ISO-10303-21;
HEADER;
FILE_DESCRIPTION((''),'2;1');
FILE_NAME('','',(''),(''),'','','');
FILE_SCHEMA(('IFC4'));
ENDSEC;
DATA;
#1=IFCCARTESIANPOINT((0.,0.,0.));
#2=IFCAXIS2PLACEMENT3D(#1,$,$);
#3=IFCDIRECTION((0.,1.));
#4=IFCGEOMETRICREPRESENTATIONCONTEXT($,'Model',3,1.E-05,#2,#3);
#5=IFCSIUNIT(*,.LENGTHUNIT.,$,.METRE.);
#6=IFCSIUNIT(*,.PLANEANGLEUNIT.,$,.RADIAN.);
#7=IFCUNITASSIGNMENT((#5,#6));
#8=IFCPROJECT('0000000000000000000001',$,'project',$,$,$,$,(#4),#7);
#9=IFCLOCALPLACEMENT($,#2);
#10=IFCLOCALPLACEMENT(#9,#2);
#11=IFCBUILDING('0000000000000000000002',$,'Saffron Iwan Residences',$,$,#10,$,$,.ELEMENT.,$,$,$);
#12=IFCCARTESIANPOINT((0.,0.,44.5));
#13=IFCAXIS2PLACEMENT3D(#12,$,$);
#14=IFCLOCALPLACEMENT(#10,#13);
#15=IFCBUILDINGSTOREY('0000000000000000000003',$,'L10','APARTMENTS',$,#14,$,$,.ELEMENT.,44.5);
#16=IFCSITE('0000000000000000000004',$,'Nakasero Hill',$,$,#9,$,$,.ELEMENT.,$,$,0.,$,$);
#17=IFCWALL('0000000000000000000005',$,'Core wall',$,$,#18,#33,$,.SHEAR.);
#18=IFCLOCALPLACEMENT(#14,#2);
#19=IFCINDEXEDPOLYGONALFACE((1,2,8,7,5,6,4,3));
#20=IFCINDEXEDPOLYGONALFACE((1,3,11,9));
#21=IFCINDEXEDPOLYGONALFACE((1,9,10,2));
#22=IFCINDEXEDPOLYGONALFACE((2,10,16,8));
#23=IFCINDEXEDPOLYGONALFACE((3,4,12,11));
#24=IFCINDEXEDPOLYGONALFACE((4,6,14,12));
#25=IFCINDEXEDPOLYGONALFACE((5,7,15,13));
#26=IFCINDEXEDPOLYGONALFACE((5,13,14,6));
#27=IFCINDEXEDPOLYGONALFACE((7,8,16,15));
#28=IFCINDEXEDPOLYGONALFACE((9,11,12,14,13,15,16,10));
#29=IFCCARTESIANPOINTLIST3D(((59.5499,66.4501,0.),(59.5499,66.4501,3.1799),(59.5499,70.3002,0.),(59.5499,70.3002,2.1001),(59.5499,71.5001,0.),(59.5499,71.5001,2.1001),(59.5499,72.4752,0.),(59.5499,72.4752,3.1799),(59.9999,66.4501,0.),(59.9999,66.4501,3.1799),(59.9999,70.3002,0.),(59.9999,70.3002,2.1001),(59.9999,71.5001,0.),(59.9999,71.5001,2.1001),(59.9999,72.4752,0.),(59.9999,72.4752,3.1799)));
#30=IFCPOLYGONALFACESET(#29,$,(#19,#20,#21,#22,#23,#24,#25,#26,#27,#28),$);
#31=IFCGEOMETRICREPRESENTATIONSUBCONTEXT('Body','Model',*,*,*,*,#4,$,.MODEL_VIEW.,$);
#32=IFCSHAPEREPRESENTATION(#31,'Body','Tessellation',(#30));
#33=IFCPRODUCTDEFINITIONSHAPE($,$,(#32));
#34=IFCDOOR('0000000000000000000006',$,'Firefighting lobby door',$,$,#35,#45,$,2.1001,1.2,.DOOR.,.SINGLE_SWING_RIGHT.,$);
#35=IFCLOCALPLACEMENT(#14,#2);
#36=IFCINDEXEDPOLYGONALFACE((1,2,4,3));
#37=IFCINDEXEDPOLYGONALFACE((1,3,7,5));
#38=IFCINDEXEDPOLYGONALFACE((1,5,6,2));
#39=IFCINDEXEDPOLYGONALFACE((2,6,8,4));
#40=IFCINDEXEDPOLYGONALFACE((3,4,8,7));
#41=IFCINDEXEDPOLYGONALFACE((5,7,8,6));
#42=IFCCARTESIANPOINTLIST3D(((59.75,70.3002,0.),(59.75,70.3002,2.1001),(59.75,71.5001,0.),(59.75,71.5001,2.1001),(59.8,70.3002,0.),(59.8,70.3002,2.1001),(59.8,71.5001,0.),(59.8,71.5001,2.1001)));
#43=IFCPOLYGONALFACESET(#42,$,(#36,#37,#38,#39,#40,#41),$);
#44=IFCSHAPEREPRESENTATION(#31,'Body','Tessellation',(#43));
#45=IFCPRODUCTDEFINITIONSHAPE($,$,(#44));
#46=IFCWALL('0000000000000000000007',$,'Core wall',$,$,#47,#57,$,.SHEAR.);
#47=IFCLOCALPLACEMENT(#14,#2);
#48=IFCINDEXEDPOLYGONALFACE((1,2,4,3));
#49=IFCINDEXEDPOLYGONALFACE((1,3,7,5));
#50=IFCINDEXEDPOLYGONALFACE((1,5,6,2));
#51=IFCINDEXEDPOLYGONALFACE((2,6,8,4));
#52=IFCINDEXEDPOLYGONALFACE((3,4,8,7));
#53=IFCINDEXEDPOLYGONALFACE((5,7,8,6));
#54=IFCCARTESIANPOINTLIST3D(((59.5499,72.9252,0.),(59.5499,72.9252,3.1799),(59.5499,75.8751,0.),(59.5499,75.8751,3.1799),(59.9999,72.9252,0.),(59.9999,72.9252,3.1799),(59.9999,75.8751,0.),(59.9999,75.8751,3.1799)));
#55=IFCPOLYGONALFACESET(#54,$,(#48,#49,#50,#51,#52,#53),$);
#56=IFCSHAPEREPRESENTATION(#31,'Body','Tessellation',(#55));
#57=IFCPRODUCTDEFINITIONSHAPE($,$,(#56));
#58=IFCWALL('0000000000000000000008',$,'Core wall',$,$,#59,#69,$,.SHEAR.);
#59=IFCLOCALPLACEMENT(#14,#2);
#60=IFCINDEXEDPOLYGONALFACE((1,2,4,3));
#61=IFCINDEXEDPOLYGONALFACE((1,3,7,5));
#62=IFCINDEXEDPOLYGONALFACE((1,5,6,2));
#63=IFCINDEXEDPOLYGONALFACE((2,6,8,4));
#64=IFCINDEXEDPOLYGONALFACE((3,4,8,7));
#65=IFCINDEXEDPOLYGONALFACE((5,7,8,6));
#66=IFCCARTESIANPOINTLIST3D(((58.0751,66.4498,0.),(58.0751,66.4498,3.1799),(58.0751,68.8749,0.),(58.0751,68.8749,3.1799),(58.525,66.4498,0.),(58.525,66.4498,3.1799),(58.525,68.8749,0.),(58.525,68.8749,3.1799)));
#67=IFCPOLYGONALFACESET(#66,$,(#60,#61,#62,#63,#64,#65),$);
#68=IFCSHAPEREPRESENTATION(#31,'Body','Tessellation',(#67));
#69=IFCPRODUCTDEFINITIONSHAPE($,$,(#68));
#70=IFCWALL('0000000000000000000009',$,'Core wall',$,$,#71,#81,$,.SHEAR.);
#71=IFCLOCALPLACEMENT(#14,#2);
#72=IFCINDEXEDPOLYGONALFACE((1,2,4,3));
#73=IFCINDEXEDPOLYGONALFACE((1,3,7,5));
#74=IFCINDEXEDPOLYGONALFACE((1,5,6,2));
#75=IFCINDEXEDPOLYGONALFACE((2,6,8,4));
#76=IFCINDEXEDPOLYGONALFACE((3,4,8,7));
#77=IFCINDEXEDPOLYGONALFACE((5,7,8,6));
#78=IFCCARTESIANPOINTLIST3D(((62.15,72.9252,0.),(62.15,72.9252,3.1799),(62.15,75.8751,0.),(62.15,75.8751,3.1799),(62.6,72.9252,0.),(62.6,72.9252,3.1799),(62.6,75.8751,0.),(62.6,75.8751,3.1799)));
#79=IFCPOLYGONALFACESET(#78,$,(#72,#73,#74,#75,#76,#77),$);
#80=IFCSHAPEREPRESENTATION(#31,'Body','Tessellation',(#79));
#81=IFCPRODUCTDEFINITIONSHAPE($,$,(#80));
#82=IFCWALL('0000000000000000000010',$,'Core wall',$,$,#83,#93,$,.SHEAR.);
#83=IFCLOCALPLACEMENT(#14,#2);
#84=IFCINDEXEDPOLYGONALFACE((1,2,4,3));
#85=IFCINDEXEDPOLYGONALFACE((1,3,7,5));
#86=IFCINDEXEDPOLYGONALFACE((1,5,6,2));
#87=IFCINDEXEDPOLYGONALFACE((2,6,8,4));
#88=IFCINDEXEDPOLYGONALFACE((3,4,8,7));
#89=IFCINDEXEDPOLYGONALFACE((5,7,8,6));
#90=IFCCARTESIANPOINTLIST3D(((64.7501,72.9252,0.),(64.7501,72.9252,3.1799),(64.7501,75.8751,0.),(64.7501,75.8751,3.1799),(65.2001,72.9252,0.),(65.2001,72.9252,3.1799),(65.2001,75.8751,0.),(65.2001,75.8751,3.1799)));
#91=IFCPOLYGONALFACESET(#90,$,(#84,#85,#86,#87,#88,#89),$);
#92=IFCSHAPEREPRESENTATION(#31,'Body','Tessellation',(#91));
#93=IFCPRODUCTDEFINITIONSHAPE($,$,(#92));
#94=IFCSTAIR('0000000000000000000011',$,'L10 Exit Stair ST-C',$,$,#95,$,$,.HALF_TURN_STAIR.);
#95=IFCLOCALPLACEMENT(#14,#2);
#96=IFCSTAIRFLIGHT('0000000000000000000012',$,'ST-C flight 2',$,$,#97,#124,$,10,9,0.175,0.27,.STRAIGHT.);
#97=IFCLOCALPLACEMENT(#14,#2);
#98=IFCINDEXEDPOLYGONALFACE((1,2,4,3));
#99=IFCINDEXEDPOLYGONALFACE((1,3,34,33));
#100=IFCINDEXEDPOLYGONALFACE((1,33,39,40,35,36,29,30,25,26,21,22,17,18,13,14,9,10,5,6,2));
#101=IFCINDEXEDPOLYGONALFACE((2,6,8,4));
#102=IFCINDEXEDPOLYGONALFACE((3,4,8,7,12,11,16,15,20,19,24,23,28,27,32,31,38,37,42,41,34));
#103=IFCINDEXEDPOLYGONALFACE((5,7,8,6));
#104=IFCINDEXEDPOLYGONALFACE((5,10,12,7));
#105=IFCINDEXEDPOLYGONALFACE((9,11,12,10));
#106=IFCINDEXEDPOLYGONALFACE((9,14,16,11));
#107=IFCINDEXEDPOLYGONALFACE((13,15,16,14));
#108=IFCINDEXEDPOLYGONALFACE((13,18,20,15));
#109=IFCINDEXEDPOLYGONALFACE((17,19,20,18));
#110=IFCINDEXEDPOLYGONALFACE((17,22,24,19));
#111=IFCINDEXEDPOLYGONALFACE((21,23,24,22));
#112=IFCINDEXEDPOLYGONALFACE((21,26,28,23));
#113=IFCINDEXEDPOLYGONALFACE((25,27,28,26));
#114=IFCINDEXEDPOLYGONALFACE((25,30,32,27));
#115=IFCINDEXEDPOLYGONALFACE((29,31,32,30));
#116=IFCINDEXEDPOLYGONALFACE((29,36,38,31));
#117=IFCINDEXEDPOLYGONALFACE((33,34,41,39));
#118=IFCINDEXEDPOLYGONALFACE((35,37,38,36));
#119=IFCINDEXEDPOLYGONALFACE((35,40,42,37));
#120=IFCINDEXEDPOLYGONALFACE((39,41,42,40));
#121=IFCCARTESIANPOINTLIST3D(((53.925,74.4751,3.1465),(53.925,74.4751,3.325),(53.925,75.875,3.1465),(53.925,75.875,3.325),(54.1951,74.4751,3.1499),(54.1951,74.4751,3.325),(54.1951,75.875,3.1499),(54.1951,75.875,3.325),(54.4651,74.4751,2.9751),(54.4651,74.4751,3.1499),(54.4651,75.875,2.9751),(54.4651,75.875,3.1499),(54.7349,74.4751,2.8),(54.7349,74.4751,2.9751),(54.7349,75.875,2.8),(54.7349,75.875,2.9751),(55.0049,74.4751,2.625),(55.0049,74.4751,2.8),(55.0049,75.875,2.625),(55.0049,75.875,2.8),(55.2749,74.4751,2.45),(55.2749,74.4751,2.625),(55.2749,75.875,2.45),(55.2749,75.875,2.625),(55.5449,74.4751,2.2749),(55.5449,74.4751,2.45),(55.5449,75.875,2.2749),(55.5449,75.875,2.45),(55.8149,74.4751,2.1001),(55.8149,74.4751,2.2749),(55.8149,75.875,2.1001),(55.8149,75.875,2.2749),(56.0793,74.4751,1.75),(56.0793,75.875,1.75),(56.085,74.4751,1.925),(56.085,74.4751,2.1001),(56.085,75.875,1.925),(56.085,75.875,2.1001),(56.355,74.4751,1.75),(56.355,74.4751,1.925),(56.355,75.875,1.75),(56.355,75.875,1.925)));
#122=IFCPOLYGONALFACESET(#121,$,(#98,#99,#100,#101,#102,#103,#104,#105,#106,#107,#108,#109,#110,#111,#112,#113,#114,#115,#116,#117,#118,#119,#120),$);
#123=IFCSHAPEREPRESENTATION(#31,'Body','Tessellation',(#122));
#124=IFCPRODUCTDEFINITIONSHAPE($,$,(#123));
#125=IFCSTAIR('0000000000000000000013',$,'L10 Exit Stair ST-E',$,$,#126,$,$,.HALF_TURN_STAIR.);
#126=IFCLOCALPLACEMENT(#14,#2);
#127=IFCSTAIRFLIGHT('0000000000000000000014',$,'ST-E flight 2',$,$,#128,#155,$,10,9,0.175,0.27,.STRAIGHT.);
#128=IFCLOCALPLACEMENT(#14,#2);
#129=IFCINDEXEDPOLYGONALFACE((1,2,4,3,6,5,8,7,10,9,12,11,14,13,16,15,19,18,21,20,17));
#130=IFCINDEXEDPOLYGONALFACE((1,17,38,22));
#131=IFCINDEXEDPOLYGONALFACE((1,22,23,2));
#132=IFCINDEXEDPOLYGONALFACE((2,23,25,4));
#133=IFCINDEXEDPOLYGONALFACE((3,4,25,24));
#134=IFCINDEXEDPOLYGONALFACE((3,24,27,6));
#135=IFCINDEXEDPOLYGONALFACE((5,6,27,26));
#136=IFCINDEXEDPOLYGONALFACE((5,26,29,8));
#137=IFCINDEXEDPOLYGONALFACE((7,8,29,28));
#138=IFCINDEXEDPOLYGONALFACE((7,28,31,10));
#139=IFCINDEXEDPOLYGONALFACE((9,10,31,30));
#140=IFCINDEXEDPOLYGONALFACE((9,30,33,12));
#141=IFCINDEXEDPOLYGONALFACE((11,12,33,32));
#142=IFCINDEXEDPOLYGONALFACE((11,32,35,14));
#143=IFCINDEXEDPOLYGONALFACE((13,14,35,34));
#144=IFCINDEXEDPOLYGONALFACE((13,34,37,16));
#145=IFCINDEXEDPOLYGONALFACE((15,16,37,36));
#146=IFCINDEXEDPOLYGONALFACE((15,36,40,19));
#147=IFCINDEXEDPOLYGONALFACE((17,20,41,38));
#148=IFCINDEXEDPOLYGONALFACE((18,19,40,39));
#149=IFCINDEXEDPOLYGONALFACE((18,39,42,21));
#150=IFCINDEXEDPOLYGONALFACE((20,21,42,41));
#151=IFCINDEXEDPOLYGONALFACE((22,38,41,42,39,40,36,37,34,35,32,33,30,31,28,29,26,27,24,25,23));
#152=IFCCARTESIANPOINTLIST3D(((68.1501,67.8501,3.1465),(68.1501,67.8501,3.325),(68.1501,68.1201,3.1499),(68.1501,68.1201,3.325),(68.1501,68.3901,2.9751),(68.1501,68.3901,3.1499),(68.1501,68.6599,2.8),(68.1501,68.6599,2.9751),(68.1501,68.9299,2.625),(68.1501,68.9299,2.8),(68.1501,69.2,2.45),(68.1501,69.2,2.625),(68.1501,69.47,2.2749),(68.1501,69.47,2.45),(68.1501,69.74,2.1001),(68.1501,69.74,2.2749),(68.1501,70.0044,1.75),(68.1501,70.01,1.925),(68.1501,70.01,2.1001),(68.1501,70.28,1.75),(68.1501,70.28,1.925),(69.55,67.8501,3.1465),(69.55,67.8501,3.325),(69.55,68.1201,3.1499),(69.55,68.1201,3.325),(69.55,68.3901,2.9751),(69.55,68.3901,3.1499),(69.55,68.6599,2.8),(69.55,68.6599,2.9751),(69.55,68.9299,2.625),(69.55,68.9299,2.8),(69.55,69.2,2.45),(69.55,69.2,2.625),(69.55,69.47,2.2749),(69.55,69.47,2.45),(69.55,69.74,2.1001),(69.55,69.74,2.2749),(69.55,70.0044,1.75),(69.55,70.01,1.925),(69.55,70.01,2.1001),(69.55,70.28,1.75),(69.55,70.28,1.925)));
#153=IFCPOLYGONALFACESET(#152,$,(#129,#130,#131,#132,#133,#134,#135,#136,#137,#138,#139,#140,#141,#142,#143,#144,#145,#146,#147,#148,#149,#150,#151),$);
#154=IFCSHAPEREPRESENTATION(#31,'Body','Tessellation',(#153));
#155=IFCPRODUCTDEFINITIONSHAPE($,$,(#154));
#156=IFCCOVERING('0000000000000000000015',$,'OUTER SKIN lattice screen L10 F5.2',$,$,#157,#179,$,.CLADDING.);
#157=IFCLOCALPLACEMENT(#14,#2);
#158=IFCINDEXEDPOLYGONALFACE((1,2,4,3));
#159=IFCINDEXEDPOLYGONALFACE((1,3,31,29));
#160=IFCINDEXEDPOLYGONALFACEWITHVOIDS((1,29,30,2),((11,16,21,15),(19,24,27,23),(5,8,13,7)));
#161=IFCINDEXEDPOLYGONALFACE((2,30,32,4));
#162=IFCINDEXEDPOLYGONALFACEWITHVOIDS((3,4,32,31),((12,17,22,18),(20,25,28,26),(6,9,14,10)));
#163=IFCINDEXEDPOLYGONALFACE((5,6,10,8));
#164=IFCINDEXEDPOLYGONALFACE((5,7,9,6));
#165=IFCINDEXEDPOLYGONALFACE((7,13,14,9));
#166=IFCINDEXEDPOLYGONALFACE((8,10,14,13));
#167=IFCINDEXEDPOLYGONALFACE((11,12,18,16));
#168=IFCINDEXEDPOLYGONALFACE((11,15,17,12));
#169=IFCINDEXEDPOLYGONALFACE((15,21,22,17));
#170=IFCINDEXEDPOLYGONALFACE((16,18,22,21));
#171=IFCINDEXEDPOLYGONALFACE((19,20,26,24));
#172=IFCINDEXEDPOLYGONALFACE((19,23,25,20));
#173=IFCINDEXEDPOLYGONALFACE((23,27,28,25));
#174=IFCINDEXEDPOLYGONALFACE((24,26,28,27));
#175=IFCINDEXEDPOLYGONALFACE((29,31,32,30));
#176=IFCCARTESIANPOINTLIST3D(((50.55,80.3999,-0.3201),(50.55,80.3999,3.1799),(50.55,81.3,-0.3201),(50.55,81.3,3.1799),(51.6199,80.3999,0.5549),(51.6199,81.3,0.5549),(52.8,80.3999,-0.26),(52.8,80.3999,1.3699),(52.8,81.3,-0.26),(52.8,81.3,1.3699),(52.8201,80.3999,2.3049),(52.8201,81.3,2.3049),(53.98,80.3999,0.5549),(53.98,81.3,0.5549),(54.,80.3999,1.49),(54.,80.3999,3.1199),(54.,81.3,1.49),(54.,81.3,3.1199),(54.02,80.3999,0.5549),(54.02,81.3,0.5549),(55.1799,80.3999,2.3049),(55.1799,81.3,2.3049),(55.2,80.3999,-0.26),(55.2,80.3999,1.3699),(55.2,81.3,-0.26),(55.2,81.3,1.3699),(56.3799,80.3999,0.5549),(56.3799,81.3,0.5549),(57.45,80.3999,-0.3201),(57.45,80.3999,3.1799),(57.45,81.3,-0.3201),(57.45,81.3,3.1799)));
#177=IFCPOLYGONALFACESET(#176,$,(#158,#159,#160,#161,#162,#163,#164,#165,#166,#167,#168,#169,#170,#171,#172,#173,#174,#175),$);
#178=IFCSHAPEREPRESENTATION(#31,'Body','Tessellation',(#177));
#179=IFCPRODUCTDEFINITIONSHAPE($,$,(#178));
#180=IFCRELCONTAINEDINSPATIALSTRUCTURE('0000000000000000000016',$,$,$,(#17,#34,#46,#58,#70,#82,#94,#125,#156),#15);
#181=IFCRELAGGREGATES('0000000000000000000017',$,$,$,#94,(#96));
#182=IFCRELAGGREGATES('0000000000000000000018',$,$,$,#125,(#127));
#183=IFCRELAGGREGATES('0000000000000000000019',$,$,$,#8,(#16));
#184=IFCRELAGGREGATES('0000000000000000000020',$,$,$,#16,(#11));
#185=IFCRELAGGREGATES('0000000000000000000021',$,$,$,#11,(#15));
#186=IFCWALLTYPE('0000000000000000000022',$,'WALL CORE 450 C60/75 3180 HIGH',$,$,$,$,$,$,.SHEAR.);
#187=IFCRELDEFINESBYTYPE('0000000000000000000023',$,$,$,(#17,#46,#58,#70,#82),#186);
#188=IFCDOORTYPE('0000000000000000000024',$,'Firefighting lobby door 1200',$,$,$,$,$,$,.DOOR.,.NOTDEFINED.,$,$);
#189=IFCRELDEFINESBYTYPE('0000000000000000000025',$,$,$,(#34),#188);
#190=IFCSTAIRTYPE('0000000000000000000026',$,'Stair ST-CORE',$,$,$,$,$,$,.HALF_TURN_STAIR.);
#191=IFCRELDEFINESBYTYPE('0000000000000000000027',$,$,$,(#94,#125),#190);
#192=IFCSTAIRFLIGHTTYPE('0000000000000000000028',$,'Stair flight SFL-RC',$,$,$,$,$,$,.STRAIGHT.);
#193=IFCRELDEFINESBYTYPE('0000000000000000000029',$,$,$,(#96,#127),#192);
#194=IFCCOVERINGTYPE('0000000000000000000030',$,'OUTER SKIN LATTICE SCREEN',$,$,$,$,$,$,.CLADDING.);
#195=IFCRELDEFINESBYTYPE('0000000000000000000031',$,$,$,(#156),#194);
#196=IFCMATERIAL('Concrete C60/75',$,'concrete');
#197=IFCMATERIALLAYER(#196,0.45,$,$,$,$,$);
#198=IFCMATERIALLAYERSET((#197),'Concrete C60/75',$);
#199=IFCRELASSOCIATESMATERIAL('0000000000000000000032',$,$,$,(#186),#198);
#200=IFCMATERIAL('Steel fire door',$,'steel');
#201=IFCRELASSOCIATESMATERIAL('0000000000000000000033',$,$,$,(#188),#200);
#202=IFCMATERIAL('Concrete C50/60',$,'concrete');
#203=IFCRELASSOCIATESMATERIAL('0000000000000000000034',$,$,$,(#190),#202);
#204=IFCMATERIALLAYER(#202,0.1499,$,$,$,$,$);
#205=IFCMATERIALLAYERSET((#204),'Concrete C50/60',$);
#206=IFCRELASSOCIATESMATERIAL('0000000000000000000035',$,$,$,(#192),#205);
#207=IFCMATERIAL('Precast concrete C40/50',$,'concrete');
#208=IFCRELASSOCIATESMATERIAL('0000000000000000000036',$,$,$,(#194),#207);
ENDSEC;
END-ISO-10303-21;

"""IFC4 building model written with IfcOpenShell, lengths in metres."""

from ifc_helpers import new_model, si_unit, direction, frame, frame_2d, origin, place, context, subcontext, project, spatial, polyline, rectangle, outline, extrude, material, layer, layer_set, type_object, element, fill, aggregate, save


model = new_model("IFC4")

# Units and contexts
model_context = context("Model", 3, precision=1e-05, world=origin(), true_north=direction((0.0, 1.0)))
body_context = subcontext(model_context, "Body", "Model", "MODEL_VIEW")
ifc_project = project(units=[si_unit("LENGTHUNIT", "METRE"), si_unit("PLANEANGLEUNIT", "RADIAN")], contexts=[model_context])

# Site, building, storey
site_placement = place(None, origin())
site = spatial("IfcSite", under=ifc_project, at=site_placement, Name="Nakasero Hill", CompositionType="ELEMENT", RefElevation=0.0)
building_placement = place(site_placement, origin())
building = spatial("IfcBuilding", under=site, at=building_placement, Name="Saffron Iwan Residences", CompositionType="ELEMENT")
storey_placement = place(building_placement, frame((0.0, 0.0, 44.5)))
storey = spatial("IfcBuildingStorey", under=building, at=storey_placement, Name="L10", Description="APARTMENTS", CompositionType="ELEMENT", Elevation=44.5)

# Shared definitions
ifc_material_1 = material(Name="Concrete C60/75", Category="concrete")

# Shared definitions
ifc_layer_1 = layer(ifc_material_1, 0.45)
ifc_layer_set_1 = layer_set([ifc_layer_1], Name="Concrete C60/75")
wall_type_1 = type_object("IfcWallType", Name="WALL CORE 450 C60/75 3180 HIGH", PredefinedType="SHEAR", material=ifc_layer_set_1)

# Wall, opening, door
ifc_material_2 = material(Name="Steel fire door", Category="steel")
wall_1_placement = place(storey_placement, frame((59.7749, 66.45, 0.0), z_axis=(0.0, 0.0, 1.0), x_axis=(0.0, 1.0, 0.0)))
wall_1 = element("IfcWall", 1, at=wall_1_placement, inside=storey, type_object=wall_type_1, Name="Core wall", PredefinedType="SHEAR", context=body_context, shape_type="SweptSolid", body=[
    extrude(rectangle(XDim=6.0251, YDim=0.45, at=frame_2d((3.0127, 0.0))), origin(), (0.0, 0.0, 1.0), 3.1799),
])
opening_1_placement = place(wall_1_placement, frame((3.8501, 0.0, 0.0)))
opening_1 = element("IfcOpeningElement", 2, at=opening_1_placement, cuts=wall_1, PredefinedType="OPENING", context=body_context, shape_type="SweptSolid", body=[
    extrude(rectangle(XDim=1.2, YDim=2.1001, at=frame_2d((0.6001, 1.05))), frame((0.0, 0.2349, 0.0), z_axis=(0.0, -1.0, 0.0), x_axis=(1.0, 0.0, 0.0)), (0.0, 0.0, 1.0), 0.47),
])
door_type_1 = type_object("IfcDoorType", Name="Firefighting lobby door 1200", OperationType="NOTDEFINED", PredefinedType="DOOR", material=ifc_material_2)
door_1_placement = place(opening_1_placement, origin())
door_1 = element("IfcDoor", 3, at=door_1_placement, inside=storey, type_object=door_type_1, Name="Firefighting lobby door", OperationType="SINGLE_SWING_RIGHT", OverallHeight=2.1001, OverallWidth=1.2, PredefinedType="DOOR", context=body_context, shape_type="SweptSolid", body=[
    extrude(rectangle(XDim=1.2, YDim=2.1001, at=frame_2d((0.6001, 1.05))), frame((0.0, 0.0249, 0.0), z_axis=(0.0, -1.0, 0.0), x_axis=(1.0, 0.0, 0.0)), (0.0, 0.0, 1.0), 0.05),
])
fill(opening_1, door_1)

# Walls
wall_2_placement = place(storey_placement, frame((59.7749, 72.925, 0.0), z_axis=(0.0, 0.0, 1.0), x_axis=(0.0, 1.0, 0.0)))
element("IfcWall", 4, at=wall_2_placement, inside=storey, type_object=wall_type_1, Name="Core wall", PredefinedType="SHEAR", context=body_context, shape_type="SweptSolid", body=[
    extrude(rectangle(XDim=2.95, YDim=0.45, at=frame_2d((1.4751, 0.0))), origin(), (0.0, 0.0, 1.0), 3.1799),
])
wall_3_placement = place(storey_placement, frame((58.3, 66.45, 0.0), z_axis=(0.0, 0.0, 1.0), x_axis=(0.0, 1.0, 0.0)))
element("IfcWall", 5, at=wall_3_placement, inside=storey, type_object=wall_type_1, Name="Core wall", PredefinedType="SHEAR", context=body_context, shape_type="SweptSolid", body=[
    extrude(rectangle(XDim=2.425, YDim=0.45, at=frame_2d((1.2124, 0.0))), origin(), (0.0, 0.0, 1.0), 3.1799),
])
for number, where, z_axis, x_axis, name in (
    (6, (62.375, 72.925, 0.0), (0.0, 0.0, 1.0), (0.0, 1.0, 0.0), "Core wall"),
    (7, (64.9751, 72.925, 0.0), (0.0, 0.0, 1.0), (0.0, 1.0, 0.0), "Core wall"),
):
    element("IfcWall", number, at=place(storey_placement, frame(where, z_axis=z_axis, x_axis=x_axis)), inside=storey, type_object=wall_type_1, Name=name, PredefinedType="SHEAR", context=body_context, shape_type="SweptSolid", body=[
        extrude(rectangle(XDim=2.95, YDim=0.45, at=frame_2d((1.4751, 0.0))), origin(), (0.0, 0.0, 1.0), 3.1799),
    ])

# Stairs, stair flights
ifc_material_3 = material(Name="Concrete C50/60", Category="concrete")
stair_type = type_object("IfcStairType", Name="Stair ST-CORE", PredefinedType="HALF_TURN_STAIR", material=ifc_material_3)
stair_1_placement = place(storey_placement, origin())
stair_1 = element("IfcStair", 8, at=stair_1_placement, inside=storey, type_object=stair_type, Name="L10 Exit Stair ST-C", PredefinedType="HALF_TURN_STAIR")
ifc_layer_2 = layer(ifc_material_3, 0.1499)
ifc_layer_set_2 = layer_set([ifc_layer_2], Name="Concrete C50/60")
stair_flight_type = type_object("IfcStairFlightType", Name="Stair flight SFL-RC", PredefinedType="STRAIGHT", material=ifc_layer_set_2)
stair_flight_1_placement = place(storey_placement, frame((56.355, 75.175, 1.75), z_axis=(0.0, 0.0, 1.0), x_axis=(-1.0, 0.0, 0.0)))
stair_flight_1 = element("IfcStairFlight", 9, at=stair_flight_1_placement, type_object=stair_flight_type, Name="ST-C flight 2", NumberOfRisers=10, NumberOfTreads=9, PredefinedType="STRAIGHT", RiserHeight=0.175, TreadLength=0.27, context=body_context, shape_type="SweptSolid", body=[
    extrude(outline(polyline([(0.0, 0.0), (0.0, 0.175), (0.27, 0.175), (0.27, 0.3501), (0.54, 0.3501), (0.54, 0.5249), (0.8101, 0.5249), (0.8101, 0.7), (1.0801, 0.7), (1.0801, 0.875), (1.3501, 0.875), (1.3501, 1.05), (1.6201, 1.05), (1.6201, 1.2251), (1.8899, 1.2251), (1.8899, 1.3999), (2.1599, 1.3999), (2.1599, 1.575), (2.4299, 1.575), (2.4299, 1.75), (2.4299, 1.3965), (0.2756, 0.0), (0.0, 0.0)])), frame((0.0, 0.7, 0.0), z_axis=(0.0, -1.0, 0.0), x_axis=(1.0, 0.0, 0.0)), (0.0, 0.0, 1.0), 1.3999),
])
aggregate(stair_1, [stair_flight_1])
stair_2_placement = place(storey_placement, origin())
stair_2 = element("IfcStair", 10, at=stair_2_placement, inside=storey, type_object=stair_type, Name="L10 Exit Stair ST-E", PredefinedType="HALF_TURN_STAIR")
stair_flight_2_placement = place(storey_placement, frame((68.8501, 70.28, 1.75), z_axis=(0.0, 0.0, 1.0), x_axis=(0.0, -1.0, 0.0)))
stair_flight_2 = element("IfcStairFlight", 11, at=stair_flight_2_placement, type_object=stair_flight_type, Name="ST-E flight 2", NumberOfRisers=10, NumberOfTreads=9, PredefinedType="STRAIGHT", RiserHeight=0.175, TreadLength=0.27, context=body_context, shape_type="SweptSolid", body=[
    extrude(outline(polyline([(0.0, 0.0), (0.0, 0.175), (0.27, 0.175), (0.27, 0.3501), (0.54, 0.3501), (0.54, 0.5249), (0.8101, 0.5249), (0.8101, 0.7), (1.0801, 0.7), (1.0801, 0.875), (1.3501, 0.875), (1.3501, 1.05), (1.6201, 1.05), (1.6201, 1.2251), (1.8899, 1.2251), (1.8899, 1.3999), (2.1599, 1.3999), (2.1599, 1.575), (2.4299, 1.575), (2.4299, 1.75), (2.4299, 1.3965), (0.2756, 0.0), (0.0, 0.0)])), frame((0.0, 0.7, 0.0), z_axis=(0.0, -1.0, 0.0), x_axis=(1.0, 0.0, 0.0)), (0.0, 0.0, 1.0), 1.3999),
])
aggregate(stair_2, [stair_flight_2])

# Covering
ifc_material_4 = material(Name="Precast concrete C40/50", Category="concrete")
covering_type_1 = type_object("IfcCoveringType", Name="OUTER SKIN LATTICE SCREEN", PredefinedType="CLADDING", material=ifc_material_4)
covering_placement = place(storey_placement, frame((57.45, 80.3999, -0.3201), z_axis=(0.0, 1.0, 0.0), x_axis=(-1.0, 0.0, 0.0)))
element("IfcCovering", 12, at=covering_placement, inside=storey, type_object=covering_type_1, Name="OUTER SKIN lattice screen L10 F5.2", PredefinedType="CLADDING", context=body_context, shape_type="SweptSolid", body=[
    extrude(outline(polyline([(0.0, 0.0), (6.8999, 0.0), (6.8999, 3.5), (0.0, 3.5), (0.0, 0.0)]), holes=[polyline([(1.0701, 0.875), (2.25, 0.0601), (3.4299, 0.875), (2.25, 1.6899), (1.0701, 0.875)]), polyline([(3.47, 0.875), (4.6499, 0.0601), (5.8301, 0.875), (4.6499, 1.6899), (3.47, 0.875)]), polyline([(2.27, 2.625), (3.45, 1.8101), (4.6299, 2.625), (3.45, 3.4399), (2.27, 2.625)])]), origin(), (0.0, 0.0, 1.0), 0.9001),
])

save(model, "model.ifc")
